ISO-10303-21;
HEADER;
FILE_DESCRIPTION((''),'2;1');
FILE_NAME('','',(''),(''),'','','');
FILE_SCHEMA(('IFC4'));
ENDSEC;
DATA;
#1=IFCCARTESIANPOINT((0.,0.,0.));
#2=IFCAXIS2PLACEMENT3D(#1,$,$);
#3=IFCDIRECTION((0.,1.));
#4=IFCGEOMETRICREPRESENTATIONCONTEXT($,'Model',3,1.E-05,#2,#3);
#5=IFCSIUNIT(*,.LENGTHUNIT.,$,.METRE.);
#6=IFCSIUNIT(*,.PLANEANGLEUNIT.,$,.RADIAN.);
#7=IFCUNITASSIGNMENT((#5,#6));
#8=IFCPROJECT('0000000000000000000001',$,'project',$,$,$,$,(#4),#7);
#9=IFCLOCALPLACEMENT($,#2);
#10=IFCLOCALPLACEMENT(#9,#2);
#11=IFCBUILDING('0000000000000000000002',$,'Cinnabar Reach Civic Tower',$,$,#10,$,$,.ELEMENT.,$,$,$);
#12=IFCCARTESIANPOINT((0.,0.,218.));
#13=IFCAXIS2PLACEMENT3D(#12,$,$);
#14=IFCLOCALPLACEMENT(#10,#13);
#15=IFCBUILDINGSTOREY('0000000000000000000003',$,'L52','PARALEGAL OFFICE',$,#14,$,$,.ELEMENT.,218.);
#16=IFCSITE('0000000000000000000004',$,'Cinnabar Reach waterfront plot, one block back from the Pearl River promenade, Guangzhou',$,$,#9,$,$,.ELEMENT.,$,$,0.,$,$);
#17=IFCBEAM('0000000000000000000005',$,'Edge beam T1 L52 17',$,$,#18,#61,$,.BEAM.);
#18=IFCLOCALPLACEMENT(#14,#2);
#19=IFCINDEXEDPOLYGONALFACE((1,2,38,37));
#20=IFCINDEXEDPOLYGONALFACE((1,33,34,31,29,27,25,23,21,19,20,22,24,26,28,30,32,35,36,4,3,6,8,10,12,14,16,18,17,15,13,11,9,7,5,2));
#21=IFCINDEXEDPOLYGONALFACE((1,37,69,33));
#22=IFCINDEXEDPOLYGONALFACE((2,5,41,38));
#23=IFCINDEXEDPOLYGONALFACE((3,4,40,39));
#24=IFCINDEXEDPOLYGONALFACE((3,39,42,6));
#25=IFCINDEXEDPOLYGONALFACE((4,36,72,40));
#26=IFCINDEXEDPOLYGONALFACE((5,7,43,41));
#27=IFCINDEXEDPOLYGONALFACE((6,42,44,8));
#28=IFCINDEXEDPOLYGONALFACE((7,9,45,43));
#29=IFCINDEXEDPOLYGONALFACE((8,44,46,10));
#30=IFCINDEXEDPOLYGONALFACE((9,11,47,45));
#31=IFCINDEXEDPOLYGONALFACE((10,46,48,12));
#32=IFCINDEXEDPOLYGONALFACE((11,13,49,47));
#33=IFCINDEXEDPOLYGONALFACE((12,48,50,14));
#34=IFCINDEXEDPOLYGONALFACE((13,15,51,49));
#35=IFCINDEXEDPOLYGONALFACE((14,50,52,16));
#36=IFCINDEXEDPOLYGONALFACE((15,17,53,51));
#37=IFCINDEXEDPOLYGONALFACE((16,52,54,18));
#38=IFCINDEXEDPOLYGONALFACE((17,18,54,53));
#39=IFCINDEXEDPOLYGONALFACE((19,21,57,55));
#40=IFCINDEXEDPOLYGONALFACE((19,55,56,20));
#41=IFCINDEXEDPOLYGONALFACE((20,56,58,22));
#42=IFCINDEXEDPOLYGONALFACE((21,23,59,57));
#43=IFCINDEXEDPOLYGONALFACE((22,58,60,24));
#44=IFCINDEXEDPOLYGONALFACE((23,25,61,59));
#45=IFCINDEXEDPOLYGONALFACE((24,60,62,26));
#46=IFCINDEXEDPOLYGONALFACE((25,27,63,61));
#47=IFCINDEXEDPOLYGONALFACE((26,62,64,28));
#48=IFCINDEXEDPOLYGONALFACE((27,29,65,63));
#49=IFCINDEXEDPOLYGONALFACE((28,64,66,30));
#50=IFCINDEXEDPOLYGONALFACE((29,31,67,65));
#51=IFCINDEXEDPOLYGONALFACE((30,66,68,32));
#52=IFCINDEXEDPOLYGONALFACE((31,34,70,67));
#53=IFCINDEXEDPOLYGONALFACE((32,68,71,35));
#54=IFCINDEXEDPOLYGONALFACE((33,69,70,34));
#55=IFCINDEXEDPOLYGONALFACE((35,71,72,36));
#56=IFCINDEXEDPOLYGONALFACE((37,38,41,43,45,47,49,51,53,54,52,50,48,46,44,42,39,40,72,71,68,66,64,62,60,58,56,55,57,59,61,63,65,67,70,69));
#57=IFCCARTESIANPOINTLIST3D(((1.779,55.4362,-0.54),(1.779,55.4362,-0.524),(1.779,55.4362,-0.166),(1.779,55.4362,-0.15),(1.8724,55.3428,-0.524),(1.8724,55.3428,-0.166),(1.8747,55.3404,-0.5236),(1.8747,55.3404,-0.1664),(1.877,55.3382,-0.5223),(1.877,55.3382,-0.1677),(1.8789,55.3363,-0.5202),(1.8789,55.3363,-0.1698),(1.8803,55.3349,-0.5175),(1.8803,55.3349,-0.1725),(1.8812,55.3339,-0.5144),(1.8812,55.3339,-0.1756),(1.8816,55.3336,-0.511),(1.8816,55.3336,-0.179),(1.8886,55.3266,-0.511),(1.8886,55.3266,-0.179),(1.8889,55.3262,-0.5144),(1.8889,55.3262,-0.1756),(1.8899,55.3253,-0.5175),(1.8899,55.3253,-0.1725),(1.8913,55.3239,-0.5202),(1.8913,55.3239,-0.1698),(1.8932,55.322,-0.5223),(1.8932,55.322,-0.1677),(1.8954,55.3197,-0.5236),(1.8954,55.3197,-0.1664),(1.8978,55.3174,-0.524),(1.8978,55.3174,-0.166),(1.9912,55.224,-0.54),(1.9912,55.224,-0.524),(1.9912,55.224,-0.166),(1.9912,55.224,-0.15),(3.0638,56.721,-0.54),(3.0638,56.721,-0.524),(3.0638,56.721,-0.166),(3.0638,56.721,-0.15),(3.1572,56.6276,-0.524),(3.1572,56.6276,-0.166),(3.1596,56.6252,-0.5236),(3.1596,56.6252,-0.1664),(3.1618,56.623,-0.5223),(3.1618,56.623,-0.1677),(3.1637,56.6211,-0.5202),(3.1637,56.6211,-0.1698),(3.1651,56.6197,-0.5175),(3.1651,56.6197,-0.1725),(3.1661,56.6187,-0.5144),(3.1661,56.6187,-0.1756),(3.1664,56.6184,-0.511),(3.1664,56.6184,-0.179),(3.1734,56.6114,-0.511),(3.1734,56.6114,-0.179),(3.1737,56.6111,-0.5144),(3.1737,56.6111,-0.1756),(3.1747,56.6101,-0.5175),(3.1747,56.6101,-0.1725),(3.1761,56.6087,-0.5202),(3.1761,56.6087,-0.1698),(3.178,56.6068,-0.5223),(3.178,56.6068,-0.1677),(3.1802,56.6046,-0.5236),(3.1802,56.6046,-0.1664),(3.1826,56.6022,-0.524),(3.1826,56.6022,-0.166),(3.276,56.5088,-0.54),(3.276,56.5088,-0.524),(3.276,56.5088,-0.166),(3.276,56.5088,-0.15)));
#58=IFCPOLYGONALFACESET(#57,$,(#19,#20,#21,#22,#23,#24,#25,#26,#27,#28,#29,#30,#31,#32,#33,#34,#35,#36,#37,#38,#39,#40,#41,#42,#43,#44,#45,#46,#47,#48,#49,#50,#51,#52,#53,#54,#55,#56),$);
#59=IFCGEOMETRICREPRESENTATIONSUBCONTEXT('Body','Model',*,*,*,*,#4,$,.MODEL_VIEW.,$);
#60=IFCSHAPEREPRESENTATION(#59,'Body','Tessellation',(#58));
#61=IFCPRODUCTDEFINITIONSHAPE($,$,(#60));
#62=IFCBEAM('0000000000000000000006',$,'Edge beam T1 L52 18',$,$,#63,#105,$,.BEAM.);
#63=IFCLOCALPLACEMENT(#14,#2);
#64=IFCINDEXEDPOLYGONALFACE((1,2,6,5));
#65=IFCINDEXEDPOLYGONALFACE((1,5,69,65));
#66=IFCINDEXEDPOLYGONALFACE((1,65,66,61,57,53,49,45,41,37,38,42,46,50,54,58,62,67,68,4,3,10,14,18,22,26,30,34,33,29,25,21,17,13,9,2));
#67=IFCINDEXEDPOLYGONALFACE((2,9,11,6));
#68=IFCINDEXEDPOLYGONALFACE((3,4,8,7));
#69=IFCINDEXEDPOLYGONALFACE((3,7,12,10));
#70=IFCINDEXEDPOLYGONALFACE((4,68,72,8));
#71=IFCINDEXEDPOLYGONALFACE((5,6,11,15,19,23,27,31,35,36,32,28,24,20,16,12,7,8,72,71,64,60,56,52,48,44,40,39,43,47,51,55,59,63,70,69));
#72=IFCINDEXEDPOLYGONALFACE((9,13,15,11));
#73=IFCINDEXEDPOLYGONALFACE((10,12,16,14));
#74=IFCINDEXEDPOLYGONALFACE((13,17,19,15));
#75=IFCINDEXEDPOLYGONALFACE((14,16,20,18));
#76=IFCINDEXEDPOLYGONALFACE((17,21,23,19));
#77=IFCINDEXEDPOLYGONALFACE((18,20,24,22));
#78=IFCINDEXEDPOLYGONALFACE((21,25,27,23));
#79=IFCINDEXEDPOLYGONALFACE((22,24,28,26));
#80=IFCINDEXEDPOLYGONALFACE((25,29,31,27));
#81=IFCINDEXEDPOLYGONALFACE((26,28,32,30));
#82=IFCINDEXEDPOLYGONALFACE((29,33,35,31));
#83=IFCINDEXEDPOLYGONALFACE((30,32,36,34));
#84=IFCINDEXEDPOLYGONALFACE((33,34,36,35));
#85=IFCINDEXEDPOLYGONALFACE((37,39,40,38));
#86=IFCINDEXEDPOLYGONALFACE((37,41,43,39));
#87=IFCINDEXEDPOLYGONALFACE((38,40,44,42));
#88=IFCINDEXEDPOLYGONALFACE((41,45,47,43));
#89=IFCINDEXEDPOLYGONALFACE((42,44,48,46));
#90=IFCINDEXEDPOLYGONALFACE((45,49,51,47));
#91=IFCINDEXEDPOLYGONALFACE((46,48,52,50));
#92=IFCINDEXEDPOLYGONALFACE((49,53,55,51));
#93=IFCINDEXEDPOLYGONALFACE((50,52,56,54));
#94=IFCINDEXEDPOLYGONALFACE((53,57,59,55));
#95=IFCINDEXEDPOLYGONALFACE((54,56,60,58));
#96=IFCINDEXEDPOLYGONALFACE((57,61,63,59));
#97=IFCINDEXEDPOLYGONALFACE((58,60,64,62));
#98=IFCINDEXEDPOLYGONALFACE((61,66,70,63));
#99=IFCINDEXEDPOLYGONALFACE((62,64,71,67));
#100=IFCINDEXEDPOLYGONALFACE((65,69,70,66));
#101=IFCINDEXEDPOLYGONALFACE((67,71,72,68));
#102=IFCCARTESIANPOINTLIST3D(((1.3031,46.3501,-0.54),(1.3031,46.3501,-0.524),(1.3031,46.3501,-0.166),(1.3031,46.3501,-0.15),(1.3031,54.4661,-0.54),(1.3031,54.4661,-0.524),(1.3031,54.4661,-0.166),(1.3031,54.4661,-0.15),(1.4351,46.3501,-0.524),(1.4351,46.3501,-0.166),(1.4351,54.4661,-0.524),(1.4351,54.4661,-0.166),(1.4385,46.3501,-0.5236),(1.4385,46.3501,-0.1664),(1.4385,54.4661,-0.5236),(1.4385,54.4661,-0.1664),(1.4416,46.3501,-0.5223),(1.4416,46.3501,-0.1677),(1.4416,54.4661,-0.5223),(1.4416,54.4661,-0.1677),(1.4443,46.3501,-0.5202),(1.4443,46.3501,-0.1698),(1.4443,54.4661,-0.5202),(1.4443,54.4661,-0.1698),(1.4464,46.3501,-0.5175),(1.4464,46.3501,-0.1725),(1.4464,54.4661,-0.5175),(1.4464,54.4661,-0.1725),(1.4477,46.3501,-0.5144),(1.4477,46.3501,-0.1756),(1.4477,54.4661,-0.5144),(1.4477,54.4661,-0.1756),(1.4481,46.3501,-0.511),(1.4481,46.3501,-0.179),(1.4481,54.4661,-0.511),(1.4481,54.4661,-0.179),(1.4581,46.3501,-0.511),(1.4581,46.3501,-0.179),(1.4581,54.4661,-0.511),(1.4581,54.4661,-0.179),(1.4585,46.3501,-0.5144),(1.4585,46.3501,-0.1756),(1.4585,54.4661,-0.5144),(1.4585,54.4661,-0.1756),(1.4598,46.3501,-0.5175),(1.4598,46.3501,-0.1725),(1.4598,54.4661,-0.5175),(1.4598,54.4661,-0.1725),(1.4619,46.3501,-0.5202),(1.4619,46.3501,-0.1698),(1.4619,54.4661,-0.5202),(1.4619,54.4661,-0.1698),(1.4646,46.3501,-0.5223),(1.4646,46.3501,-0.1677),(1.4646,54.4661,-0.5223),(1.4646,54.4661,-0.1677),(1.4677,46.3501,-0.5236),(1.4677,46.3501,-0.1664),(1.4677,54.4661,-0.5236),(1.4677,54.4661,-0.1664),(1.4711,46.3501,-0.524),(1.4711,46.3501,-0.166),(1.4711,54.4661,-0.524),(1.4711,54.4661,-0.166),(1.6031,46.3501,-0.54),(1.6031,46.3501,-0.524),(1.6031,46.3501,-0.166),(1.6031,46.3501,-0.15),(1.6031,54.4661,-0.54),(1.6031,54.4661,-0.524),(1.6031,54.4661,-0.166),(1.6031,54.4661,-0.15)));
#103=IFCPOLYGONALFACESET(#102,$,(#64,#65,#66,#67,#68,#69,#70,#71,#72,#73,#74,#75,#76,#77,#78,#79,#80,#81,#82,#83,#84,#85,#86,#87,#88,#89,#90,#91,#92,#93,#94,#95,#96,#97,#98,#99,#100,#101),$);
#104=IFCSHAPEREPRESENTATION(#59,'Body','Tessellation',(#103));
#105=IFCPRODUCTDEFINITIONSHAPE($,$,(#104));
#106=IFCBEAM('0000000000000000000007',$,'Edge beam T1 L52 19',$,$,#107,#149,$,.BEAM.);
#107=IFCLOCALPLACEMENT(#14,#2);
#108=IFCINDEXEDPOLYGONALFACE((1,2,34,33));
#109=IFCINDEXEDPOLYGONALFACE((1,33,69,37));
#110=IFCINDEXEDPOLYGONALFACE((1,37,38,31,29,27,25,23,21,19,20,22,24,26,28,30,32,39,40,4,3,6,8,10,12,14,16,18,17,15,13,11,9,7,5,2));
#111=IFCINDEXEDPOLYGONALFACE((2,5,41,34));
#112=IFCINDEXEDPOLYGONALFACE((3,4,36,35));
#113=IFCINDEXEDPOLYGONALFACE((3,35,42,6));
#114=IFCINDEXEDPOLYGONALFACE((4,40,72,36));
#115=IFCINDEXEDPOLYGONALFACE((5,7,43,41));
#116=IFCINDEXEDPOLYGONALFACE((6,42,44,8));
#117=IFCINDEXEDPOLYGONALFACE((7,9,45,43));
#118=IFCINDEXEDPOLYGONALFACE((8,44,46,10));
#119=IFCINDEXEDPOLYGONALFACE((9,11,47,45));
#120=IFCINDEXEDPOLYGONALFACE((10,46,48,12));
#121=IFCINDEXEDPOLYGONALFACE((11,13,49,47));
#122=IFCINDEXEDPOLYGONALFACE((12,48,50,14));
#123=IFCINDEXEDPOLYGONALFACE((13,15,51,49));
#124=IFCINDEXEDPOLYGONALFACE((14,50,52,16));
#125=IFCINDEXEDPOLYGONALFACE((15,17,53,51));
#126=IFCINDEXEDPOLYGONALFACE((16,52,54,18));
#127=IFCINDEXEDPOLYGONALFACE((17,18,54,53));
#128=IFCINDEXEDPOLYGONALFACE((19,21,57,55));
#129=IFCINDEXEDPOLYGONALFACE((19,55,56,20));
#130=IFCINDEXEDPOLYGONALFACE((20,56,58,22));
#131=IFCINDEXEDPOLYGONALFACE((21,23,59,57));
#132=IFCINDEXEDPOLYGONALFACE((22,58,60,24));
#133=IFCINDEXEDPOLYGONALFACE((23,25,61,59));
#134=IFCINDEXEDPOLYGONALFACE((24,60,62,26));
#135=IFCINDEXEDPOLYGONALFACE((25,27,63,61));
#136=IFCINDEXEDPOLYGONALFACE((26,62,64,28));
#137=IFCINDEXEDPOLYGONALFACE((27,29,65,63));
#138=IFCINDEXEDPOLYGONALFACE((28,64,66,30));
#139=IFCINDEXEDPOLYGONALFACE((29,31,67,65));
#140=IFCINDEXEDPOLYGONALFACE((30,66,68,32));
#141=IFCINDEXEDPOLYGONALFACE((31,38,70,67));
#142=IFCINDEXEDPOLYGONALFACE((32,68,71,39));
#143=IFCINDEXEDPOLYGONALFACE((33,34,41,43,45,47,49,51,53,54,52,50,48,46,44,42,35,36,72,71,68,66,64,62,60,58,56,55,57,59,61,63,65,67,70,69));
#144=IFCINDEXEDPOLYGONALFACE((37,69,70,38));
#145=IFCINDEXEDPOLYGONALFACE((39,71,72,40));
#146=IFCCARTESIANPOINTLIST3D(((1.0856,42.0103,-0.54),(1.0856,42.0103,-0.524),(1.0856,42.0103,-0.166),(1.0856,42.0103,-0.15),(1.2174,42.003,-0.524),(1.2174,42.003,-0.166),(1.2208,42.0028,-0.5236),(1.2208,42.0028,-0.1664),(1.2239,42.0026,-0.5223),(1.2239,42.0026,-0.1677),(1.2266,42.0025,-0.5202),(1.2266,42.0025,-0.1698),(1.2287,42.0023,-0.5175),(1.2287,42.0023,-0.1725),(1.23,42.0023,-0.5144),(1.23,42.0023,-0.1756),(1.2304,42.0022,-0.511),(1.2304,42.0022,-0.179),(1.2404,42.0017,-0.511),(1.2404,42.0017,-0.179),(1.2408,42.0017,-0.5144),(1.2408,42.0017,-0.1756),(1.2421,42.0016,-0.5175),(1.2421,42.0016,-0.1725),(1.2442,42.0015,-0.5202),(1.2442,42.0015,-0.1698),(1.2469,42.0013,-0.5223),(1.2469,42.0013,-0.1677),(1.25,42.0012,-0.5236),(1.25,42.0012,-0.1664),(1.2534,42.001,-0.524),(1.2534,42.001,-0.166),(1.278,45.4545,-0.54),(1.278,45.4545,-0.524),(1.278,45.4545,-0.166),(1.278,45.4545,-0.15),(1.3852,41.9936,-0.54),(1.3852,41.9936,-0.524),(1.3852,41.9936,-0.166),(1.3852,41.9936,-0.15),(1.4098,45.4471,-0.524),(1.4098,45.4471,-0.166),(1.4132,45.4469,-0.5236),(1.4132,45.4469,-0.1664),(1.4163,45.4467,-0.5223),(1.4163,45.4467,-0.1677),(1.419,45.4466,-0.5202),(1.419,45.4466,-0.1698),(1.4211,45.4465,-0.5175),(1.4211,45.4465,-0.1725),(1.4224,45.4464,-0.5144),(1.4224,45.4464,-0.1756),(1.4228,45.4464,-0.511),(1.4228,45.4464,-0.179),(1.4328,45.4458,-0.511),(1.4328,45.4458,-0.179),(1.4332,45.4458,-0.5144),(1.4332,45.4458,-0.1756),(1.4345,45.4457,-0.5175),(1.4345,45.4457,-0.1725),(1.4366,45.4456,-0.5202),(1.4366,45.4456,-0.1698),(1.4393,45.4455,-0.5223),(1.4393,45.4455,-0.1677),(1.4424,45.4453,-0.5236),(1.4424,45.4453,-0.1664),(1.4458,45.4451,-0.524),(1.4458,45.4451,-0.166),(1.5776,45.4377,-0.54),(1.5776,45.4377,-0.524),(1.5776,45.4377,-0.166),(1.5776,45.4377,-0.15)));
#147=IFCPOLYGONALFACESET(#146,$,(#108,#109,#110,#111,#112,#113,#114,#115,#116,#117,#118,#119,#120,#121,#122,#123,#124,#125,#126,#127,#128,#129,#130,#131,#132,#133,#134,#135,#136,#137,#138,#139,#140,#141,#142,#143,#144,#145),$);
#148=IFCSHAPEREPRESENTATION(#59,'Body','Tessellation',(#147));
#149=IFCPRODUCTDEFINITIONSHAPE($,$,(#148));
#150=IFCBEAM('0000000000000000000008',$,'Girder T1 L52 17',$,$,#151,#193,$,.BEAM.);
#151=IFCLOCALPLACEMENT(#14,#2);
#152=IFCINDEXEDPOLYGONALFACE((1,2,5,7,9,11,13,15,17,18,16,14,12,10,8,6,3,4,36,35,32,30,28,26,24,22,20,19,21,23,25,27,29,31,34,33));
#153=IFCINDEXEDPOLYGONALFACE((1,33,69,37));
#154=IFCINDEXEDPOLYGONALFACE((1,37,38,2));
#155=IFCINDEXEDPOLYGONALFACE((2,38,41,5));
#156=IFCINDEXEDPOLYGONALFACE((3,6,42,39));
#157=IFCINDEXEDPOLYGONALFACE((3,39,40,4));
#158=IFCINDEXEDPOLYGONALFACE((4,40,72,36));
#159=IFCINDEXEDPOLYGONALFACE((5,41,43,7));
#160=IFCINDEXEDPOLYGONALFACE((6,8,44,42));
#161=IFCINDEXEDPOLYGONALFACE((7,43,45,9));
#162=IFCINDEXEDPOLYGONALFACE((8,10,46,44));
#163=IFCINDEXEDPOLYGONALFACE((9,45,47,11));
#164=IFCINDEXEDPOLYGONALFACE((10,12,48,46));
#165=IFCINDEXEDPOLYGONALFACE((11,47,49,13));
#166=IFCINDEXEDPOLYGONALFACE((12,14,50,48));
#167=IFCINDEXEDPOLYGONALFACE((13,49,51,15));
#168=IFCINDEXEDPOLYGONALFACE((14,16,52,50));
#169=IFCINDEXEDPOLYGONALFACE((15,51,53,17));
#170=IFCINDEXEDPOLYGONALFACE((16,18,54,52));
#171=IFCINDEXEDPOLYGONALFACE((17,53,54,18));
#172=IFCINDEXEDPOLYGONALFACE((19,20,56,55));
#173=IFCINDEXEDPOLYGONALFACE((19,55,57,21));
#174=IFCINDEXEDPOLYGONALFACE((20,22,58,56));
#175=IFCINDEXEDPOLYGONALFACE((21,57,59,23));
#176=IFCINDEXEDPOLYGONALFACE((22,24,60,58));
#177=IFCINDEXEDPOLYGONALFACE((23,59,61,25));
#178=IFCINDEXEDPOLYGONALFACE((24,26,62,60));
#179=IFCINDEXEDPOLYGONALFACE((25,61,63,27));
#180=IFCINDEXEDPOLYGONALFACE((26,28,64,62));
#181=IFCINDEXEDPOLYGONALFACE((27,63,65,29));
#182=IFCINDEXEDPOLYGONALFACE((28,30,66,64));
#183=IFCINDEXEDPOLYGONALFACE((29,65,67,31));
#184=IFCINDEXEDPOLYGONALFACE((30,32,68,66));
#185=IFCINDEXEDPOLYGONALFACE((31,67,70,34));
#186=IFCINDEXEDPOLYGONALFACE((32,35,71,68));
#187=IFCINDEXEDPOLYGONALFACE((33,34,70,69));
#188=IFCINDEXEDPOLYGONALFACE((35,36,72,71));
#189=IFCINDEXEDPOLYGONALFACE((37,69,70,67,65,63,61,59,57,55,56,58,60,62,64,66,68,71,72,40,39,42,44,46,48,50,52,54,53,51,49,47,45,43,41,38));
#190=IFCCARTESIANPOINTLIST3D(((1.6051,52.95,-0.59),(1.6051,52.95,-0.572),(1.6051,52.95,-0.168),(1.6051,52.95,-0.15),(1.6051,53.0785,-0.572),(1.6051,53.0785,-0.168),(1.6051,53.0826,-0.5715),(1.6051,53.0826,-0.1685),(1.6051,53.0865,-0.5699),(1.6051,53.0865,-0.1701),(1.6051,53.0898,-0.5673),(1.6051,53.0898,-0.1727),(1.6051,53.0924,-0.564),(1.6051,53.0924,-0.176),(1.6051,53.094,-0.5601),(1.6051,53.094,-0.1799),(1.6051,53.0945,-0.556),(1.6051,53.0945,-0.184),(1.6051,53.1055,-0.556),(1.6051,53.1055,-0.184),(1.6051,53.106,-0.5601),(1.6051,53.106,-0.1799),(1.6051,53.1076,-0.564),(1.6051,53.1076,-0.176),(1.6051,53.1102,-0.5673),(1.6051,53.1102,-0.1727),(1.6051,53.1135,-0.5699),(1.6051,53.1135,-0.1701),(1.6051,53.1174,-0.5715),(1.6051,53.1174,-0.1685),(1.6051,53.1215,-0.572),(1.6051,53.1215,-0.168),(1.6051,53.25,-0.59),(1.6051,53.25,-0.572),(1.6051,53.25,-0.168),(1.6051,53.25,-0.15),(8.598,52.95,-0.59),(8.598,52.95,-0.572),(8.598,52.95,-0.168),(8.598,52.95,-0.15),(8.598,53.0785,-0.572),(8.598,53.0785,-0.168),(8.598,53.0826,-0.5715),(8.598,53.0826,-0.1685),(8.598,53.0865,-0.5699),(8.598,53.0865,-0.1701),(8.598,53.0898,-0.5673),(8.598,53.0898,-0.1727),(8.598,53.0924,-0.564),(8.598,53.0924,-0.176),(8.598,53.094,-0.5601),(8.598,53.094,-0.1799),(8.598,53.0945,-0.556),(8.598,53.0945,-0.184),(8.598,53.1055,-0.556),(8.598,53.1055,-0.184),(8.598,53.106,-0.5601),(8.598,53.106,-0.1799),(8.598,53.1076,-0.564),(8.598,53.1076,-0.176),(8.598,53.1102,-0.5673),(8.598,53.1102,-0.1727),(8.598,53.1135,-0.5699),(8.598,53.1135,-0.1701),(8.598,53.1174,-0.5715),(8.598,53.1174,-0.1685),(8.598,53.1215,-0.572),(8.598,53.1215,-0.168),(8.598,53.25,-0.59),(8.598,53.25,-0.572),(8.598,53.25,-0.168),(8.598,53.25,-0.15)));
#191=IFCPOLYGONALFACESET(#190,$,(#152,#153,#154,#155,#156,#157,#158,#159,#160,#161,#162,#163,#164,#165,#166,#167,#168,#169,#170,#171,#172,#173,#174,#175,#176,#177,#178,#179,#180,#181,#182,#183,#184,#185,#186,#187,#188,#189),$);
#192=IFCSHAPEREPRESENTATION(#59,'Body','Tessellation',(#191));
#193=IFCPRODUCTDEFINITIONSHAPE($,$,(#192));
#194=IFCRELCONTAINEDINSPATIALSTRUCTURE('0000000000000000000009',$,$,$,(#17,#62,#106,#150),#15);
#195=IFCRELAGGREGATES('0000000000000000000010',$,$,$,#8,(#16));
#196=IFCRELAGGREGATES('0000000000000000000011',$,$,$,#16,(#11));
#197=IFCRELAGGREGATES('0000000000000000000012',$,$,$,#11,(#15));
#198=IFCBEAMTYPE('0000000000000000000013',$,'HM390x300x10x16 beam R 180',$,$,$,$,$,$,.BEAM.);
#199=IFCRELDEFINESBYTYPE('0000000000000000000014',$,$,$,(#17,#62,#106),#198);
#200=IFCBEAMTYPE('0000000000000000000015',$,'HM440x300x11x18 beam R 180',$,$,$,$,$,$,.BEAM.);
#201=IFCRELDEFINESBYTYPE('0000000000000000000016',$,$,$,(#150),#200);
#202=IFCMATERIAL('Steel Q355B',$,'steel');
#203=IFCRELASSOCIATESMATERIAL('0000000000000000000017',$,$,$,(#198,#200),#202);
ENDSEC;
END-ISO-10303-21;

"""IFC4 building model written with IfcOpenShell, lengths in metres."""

from ifc_helpers import new_model, si_unit, direction, frame, origin, origin_2d, place, context, subcontext, project, spatial, i_section, extrude, material, material_profile, profile_set, type_object, element, save


model = new_model("IFC4")

# Units and contexts
model_context = context("Model", 3, precision=1e-05, world=origin(), true_north=direction((0.0, 1.0)))
body_context = subcontext(model_context, "Body", "Model", "MODEL_VIEW")
ifc_project = project(units=[si_unit("LENGTHUNIT", "METRE"), si_unit("PLANEANGLEUNIT", "RADIAN")], contexts=[model_context])

# Site, building, storey
site_placement = place(None, origin())
site = spatial("IfcSite", under=ifc_project, at=site_placement, Name="Cinnabar Reach waterfront plot, one block back from the Pearl River promenade, Guangzhou", CompositionType="ELEMENT", RefElevation=0.0)
building_placement = place(site_placement, origin())
building = spatial("IfcBuilding", under=site, at=building_placement, Name="Cinnabar Reach Civic Tower", CompositionType="ELEMENT")
storey_placement = place(building_placement, frame((0.0, 0.0, 218.0)))
storey = spatial("IfcBuildingStorey", under=building, at=storey_placement, Name="L52", Description="PARALEGAL OFFICE", CompositionType="ELEMENT", Elevation=218.0)

# Beams
ifc_material_1 = material(Name="Steel Q355B", Category="steel")
ifc_material_profile_1 = material_profile(ifc_material_1, i_section(OverallWidth=0.3, OverallDepth=0.39, WebThickness=0.01, FlangeThickness=0.016, FilletRadius=0.013, at=origin_2d()), Name="HM390x300x10x16")
ifc_profile_set_1 = profile_set([ifc_material_profile_1], Name="Steel Q355B")
beam_type_1 = type_object("IfcBeamType", Name="HM390x300x10x16 beam R 180", PredefinedType="BEAM", material=ifc_profile_set_1)
beam_1_placement = place(storey_placement, frame((3.1699, 56.6149, -0.345), z_axis=(-0.707107, -0.707107, 0.0), x_axis=(0.707107, -0.707107, 0.0)))
element("IfcBeam", 1, at=beam_1_placement, inside=storey, type_object=beam_type_1, Name="Edge beam T1 L52 17", PredefinedType="BEAM", context=body_context, shape_type="SweptSolid", body=[
    extrude(i_section(OverallWidth=0.3, OverallDepth=0.39, WebThickness=0.01, FlangeThickness=0.016, FilletRadius=0.013, at=origin_2d()), origin(), (0.0, 0.0, 1.0), 1.817),
])
beam_2_placement = place(storey_placement, frame((1.4531, 54.4661, -0.345), z_axis=(0.0, -1.0, 0.0), x_axis=(1.0, 0.0, 0.0)))
element("IfcBeam", 2, at=beam_2_placement, inside=storey, type_object=beam_type_1, Name="Edge beam T1 L52 18", PredefinedType="BEAM", context=body_context, shape_type="SweptSolid", body=[
    extrude(i_section(OverallWidth=0.3, OverallDepth=0.39, WebThickness=0.01, FlangeThickness=0.016, FilletRadius=0.013, at=origin_2d()), origin(), (0.0, 0.0, 1.0), 8.116),
])
beam_3_placement = place(storey_placement, frame((1.4278, 45.4461, -0.345), z_axis=(-0.055777, -0.998443, 0.0), x_axis=(0.998443, -0.055777, 0.0)))
element("IfcBeam", 3, at=beam_3_placement, inside=storey, type_object=beam_type_1, Name="Edge beam T1 L52 19", PredefinedType="BEAM", context=body_context, shape_type="SweptSolid", body=[
    extrude(i_section(OverallWidth=0.3, OverallDepth=0.39, WebThickness=0.01, FlangeThickness=0.016, FilletRadius=0.013, at=origin_2d()), origin(), (0.0, 0.0, 1.0), 3.4495),
])
ifc_material_profile_2 = material_profile(ifc_material_1, i_section(OverallWidth=0.3, OverallDepth=0.44, WebThickness=0.011, FlangeThickness=0.018, FilletRadius=0.016, at=origin_2d()), Name="HM440x300x11x18")
ifc_profile_set_2 = profile_set([ifc_material_profile_2], Name="Steel Q355B")
beam_type_2 = type_object("IfcBeamType", Name="HM440x300x11x18 beam R 180", PredefinedType="BEAM", material=ifc_profile_set_2)
beam_4_placement = place(storey_placement, frame((1.6051, 53.1, -0.37), z_axis=(1.0, 0.0, 0.0), x_axis=(0.0, 1.0, 0.0)))
element("IfcBeam", 4, at=beam_4_placement, inside=storey, type_object=beam_type_2, Name="Girder T1 L52 17", PredefinedType="BEAM", context=body_context, shape_type="SweptSolid", body=[
    extrude(i_section(OverallWidth=0.3, OverallDepth=0.44, WebThickness=0.011, FlangeThickness=0.018, FilletRadius=0.016, at=origin_2d()), origin(), (0.0, 0.0, 1.0), 6.9929),
])

save(model, "model.ifc")
